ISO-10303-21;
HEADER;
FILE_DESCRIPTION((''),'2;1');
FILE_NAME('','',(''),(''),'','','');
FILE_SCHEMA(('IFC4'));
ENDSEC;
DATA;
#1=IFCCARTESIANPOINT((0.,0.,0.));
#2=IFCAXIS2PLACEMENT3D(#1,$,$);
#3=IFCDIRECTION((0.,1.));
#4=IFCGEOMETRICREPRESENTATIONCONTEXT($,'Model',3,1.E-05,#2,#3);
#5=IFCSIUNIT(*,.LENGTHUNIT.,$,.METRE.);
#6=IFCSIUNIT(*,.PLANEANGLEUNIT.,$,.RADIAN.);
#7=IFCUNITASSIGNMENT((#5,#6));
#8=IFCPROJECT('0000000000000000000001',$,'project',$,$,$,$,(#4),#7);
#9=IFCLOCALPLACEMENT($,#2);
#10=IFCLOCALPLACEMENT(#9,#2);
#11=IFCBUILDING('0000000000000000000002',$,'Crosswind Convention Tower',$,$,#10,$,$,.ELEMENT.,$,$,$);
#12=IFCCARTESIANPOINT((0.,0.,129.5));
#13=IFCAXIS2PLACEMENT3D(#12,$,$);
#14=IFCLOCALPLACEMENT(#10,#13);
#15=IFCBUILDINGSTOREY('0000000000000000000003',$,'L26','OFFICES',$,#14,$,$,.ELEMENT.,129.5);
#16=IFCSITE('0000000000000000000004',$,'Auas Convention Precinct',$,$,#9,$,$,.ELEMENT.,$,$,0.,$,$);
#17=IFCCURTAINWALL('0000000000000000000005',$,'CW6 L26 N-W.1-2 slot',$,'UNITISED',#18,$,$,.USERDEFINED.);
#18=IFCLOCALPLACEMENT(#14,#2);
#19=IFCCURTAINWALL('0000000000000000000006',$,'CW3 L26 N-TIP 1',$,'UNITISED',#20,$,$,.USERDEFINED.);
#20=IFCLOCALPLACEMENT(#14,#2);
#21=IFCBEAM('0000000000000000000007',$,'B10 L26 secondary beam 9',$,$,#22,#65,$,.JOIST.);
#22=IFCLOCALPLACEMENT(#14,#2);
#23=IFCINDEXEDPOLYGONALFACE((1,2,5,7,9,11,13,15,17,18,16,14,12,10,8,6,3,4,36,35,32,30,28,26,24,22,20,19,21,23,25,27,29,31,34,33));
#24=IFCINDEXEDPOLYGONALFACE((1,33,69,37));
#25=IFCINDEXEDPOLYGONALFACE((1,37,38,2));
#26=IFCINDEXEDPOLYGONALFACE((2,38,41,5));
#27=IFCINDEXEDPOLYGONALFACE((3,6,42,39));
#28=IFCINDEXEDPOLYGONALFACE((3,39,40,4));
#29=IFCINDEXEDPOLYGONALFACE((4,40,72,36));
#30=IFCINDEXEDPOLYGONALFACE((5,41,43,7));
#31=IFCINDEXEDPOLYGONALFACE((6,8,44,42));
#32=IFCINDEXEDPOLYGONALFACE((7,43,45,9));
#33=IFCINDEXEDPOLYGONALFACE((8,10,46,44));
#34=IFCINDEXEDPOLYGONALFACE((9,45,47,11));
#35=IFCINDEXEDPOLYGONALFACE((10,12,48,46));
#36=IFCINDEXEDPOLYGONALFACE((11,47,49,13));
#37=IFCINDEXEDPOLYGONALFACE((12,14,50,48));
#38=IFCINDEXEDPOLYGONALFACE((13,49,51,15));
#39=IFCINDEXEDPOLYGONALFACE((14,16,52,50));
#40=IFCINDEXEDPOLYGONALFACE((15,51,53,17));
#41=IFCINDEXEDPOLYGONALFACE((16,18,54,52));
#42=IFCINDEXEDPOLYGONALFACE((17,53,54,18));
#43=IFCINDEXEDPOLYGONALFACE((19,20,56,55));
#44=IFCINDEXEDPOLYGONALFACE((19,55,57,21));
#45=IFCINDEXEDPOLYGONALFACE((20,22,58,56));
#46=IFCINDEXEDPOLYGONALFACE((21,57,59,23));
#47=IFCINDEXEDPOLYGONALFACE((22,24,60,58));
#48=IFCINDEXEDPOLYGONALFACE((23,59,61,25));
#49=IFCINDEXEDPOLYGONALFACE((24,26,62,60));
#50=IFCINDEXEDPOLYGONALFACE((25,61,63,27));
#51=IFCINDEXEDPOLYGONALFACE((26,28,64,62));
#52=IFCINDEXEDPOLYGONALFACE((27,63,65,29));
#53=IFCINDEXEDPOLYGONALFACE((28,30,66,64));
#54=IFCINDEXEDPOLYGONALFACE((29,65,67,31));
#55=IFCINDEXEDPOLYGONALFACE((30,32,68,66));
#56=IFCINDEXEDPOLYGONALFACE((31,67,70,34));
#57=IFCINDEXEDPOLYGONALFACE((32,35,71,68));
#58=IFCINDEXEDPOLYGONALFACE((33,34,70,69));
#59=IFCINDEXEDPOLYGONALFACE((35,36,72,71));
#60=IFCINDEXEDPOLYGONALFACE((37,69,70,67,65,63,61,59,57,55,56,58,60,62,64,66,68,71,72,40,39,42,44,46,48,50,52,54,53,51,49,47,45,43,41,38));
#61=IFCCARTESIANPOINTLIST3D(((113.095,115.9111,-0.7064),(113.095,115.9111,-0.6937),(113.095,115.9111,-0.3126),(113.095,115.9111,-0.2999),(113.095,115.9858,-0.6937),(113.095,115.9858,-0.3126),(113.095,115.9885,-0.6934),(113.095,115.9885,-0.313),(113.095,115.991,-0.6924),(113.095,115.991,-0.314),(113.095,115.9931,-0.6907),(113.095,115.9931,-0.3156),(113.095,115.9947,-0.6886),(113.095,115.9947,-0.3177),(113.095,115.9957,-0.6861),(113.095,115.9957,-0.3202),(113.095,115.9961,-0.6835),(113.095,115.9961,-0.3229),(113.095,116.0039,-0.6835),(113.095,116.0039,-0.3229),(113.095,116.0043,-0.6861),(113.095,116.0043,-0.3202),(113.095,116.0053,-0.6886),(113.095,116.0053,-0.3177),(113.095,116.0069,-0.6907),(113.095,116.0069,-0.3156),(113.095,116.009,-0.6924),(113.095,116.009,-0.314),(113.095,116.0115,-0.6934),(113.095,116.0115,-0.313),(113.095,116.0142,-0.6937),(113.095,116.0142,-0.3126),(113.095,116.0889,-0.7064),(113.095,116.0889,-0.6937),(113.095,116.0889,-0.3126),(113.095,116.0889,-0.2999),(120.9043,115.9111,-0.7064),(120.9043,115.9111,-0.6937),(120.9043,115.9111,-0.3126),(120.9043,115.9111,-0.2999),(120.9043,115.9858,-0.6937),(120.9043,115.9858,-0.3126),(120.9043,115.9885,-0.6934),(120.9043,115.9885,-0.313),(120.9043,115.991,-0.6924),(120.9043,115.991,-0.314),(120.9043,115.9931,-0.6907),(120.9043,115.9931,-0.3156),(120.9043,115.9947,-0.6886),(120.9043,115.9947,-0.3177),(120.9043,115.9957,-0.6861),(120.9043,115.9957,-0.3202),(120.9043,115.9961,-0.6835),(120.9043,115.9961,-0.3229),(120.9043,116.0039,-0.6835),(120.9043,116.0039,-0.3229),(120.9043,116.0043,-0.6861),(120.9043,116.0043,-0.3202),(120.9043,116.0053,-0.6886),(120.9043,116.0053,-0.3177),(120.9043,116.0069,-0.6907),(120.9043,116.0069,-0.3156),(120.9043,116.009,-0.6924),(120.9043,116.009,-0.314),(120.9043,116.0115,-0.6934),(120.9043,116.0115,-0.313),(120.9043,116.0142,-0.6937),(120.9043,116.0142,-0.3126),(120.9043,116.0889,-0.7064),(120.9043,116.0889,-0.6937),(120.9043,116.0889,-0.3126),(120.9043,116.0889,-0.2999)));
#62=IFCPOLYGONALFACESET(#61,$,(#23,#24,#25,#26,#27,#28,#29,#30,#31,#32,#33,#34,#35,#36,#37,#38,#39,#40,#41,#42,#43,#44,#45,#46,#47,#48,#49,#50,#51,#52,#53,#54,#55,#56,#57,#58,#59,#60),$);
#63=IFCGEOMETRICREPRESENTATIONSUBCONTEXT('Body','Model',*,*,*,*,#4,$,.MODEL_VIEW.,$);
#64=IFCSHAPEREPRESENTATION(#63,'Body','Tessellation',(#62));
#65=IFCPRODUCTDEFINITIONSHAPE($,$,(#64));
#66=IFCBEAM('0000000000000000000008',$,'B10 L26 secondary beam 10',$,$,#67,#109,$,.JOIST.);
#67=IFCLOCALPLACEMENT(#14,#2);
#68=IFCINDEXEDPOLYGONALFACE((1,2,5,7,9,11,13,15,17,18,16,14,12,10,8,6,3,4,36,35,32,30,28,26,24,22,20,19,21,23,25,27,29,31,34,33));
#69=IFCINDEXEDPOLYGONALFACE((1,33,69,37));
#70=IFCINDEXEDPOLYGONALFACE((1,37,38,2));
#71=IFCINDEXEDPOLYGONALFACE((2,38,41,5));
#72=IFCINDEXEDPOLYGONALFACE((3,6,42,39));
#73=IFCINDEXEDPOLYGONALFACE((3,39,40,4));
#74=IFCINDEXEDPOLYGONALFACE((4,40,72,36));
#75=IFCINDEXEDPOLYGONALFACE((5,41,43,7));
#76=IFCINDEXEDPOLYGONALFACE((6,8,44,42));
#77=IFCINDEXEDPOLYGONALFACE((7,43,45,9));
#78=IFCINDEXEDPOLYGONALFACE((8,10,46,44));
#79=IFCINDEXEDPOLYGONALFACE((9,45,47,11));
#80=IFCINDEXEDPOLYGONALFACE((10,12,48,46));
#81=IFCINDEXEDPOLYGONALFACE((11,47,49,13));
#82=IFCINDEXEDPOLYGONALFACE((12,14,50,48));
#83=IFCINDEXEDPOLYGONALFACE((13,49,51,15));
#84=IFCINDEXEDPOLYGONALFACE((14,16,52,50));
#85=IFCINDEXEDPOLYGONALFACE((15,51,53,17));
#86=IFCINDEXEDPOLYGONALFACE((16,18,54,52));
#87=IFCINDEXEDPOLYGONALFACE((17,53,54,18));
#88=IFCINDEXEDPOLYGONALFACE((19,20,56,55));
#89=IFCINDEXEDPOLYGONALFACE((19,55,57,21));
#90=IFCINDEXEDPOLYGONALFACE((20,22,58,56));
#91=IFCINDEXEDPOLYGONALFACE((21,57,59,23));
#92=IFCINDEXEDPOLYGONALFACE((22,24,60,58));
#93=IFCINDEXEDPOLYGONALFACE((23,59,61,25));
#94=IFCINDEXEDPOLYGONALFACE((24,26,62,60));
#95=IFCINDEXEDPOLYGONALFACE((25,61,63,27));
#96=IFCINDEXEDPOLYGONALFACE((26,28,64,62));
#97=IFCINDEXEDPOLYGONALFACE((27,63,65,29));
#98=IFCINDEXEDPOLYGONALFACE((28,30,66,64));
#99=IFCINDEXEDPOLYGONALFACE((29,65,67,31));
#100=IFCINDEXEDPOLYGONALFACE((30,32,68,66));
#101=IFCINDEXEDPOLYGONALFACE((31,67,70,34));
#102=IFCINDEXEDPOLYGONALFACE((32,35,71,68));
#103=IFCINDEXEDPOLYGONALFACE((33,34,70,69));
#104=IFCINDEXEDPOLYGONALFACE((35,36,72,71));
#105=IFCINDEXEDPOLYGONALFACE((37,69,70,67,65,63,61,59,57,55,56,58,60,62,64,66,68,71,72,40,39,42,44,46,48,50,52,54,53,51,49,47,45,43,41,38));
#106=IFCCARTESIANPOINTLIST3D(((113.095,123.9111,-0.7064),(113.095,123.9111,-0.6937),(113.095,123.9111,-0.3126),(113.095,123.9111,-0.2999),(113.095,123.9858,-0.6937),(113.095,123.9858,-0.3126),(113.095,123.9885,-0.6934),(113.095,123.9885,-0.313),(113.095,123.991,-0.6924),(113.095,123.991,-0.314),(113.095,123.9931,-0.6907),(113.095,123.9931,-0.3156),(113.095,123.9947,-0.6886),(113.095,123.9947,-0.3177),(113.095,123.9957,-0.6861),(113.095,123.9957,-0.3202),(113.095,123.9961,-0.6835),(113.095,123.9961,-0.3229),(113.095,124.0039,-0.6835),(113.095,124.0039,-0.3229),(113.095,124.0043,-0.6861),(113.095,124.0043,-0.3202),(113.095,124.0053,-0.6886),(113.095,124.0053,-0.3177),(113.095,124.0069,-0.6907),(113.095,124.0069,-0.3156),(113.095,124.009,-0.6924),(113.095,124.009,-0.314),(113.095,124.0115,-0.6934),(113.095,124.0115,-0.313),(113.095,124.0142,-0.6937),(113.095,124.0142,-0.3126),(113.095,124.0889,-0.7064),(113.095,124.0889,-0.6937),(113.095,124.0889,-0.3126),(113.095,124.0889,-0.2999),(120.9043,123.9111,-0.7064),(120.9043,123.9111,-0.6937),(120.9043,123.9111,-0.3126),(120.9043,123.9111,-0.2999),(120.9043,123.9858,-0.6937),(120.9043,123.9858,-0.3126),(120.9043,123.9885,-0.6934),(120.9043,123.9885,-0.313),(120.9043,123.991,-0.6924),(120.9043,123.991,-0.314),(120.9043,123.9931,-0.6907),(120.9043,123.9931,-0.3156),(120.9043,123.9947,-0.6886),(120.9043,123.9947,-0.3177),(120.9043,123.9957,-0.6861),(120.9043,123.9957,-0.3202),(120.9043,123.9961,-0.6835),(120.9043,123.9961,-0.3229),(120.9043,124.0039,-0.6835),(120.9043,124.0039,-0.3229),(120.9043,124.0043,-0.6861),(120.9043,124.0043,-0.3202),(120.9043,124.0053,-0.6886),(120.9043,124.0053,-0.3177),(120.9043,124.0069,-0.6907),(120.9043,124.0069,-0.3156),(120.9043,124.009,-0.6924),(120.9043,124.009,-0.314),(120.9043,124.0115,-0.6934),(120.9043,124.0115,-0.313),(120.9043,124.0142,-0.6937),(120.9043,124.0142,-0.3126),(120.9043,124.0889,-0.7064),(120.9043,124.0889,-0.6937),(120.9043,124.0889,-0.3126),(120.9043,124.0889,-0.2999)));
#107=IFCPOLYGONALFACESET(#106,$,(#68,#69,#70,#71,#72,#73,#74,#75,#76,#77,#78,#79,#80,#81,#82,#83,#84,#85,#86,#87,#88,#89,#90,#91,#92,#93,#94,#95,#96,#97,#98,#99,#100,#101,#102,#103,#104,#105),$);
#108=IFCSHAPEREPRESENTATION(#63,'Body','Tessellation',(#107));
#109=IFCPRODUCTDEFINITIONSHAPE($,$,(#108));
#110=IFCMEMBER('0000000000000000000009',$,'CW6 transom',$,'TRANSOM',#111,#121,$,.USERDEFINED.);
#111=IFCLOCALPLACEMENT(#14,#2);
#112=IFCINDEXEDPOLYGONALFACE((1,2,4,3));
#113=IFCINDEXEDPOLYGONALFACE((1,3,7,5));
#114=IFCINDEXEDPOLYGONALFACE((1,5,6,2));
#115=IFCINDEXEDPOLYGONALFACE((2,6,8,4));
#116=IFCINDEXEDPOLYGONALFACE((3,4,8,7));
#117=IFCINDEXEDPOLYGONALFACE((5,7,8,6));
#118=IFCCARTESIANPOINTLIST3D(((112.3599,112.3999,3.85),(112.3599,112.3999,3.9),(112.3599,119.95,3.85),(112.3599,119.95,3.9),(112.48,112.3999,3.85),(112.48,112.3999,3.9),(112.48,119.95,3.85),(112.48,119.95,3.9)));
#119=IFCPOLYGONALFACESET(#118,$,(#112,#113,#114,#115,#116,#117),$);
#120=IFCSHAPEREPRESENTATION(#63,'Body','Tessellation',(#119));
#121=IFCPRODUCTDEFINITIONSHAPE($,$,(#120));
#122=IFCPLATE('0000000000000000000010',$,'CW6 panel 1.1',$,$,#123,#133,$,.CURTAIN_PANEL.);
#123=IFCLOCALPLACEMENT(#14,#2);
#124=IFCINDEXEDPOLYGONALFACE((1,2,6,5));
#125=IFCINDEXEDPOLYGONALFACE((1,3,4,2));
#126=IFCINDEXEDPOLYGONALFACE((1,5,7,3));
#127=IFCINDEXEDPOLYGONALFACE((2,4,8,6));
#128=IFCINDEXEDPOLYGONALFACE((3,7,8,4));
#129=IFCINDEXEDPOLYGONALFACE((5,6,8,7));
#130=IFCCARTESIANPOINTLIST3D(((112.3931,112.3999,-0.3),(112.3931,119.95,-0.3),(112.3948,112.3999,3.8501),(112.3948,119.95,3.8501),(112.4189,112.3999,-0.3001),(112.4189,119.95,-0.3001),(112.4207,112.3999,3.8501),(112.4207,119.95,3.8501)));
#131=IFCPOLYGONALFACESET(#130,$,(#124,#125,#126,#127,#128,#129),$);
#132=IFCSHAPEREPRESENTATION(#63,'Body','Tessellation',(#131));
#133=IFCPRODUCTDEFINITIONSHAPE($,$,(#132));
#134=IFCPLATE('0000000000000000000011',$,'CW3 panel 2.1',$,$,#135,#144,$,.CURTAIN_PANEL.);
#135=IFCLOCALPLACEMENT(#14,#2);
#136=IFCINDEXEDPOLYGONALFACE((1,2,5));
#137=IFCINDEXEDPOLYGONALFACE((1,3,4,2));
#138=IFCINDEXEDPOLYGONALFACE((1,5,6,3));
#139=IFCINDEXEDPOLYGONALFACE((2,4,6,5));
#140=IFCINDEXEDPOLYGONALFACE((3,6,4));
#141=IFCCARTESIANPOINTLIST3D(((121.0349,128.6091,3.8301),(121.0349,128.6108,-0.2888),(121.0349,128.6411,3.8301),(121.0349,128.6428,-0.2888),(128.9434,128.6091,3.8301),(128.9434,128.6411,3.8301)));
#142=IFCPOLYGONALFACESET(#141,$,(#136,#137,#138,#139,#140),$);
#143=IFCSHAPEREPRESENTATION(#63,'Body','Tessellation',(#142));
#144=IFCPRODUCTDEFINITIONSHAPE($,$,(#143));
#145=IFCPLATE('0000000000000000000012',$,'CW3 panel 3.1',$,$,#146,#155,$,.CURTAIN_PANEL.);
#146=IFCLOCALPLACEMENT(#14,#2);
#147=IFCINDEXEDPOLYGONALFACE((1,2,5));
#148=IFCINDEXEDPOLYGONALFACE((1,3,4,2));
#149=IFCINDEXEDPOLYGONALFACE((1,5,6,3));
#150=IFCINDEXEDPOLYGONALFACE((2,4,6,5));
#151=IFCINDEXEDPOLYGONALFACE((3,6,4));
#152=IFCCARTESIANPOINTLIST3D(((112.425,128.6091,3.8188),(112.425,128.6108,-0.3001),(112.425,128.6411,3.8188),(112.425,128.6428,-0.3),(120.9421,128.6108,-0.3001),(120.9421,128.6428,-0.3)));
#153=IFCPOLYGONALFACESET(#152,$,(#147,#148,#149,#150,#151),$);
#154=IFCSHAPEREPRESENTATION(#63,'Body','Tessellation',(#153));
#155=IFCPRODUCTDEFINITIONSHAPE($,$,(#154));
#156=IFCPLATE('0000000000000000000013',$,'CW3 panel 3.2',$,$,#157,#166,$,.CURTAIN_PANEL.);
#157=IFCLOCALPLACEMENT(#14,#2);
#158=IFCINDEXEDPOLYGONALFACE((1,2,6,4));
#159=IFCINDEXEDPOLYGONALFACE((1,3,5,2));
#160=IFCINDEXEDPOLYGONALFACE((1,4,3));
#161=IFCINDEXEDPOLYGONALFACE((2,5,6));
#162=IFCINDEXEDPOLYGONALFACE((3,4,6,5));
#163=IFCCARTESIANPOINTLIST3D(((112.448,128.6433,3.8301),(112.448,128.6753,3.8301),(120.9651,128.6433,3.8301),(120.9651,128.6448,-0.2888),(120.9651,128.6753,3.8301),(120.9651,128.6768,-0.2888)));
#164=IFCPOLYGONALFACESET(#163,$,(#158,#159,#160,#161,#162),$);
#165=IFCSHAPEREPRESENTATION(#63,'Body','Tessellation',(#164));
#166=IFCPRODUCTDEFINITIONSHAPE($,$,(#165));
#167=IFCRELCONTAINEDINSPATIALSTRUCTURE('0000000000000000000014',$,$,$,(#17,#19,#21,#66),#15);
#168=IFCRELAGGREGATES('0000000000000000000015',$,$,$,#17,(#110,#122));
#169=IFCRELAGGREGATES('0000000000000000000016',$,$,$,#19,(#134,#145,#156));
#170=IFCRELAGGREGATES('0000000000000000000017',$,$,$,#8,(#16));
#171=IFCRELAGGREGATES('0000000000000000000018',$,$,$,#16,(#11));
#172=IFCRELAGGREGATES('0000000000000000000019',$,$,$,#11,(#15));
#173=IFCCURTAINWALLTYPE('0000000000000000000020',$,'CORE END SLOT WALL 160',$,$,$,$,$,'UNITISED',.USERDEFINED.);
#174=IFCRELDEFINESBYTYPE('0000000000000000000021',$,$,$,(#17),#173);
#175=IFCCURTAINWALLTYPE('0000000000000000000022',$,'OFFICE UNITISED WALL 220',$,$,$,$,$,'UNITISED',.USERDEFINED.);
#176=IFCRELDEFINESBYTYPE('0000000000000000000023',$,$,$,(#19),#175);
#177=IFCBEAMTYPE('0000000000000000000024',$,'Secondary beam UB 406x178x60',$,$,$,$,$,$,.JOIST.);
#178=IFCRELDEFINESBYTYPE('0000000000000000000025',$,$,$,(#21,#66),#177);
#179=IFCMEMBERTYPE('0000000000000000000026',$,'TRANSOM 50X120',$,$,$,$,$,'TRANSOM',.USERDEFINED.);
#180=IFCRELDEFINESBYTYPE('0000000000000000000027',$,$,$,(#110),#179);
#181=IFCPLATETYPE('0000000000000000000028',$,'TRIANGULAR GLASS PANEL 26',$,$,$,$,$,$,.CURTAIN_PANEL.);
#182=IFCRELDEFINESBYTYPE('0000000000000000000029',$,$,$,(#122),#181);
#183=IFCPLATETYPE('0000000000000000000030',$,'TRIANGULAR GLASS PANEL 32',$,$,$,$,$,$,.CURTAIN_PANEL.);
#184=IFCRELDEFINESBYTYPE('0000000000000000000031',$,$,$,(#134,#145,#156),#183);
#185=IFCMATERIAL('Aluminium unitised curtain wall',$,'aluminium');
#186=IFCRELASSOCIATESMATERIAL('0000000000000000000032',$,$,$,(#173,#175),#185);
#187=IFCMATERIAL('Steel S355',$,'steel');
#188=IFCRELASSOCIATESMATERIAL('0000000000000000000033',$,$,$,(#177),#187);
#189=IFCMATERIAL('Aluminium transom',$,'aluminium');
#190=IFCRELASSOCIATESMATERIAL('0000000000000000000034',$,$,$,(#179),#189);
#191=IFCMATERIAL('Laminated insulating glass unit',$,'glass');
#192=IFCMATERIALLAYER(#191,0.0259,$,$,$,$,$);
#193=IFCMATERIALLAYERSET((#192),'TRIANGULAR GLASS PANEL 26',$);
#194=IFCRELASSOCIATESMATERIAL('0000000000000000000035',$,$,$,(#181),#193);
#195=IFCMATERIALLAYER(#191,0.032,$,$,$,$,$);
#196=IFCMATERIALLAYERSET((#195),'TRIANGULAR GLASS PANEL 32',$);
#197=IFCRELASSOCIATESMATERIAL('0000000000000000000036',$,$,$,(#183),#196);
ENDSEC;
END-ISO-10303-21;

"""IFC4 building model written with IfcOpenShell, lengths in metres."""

from ifc_helpers import new_model, si_unit, direction, frame, origin, origin_2d, place, context, subcontext, project, spatial, polyline, rectangle, i_section, outline, extrude, material, layer, layer_set, material_profile, profile_set, type_object, element, aggregate, save


model = new_model("IFC4")

# Units and contexts
model_context = context("Model", 3, precision=1e-05, world=origin(), true_north=direction((0.0, 1.0)))
body_context = subcontext(model_context, "Body", "Model", "MODEL_VIEW")
ifc_project = project(units=[si_unit("LENGTHUNIT", "METRE"), si_unit("PLANEANGLEUNIT", "RADIAN")], contexts=[model_context])

# Site, building, storey
site_placement = place(None, origin())
site = spatial("IfcSite", under=ifc_project, at=site_placement, Name="Auas Convention Precinct", CompositionType="ELEMENT", RefElevation=0.0)
building_placement = place(site_placement, origin())
building = spatial("IfcBuilding", under=site, at=building_placement, Name="Crosswind Convention Tower", CompositionType="ELEMENT")
storey_placement = place(building_placement, frame((0.0, 0.0, 129.5)))
storey = spatial("IfcBuildingStorey", under=building, at=storey_placement, Name="L26", Description="OFFICES", CompositionType="ELEMENT", Elevation=129.5)

# Shared definitions
ifc_material_1 = material(Name="Steel S355", Category="steel")

# Curtain wall
ifc_material_2 = material(Name="Aluminium unitised curtain wall", Category="aluminium")
curtain_wall_type_1 = type_object("IfcCurtainWallType", Name="CORE END SLOT WALL 160", ElementType="UNITISED", PredefinedType="USERDEFINED", material=ifc_material_2)
curtain_wall_1_placement = place(storey_placement, origin())
curtain_wall_1 = element("IfcCurtainWall", 1, at=curtain_wall_1_placement, inside=storey, type_object=curtain_wall_type_1, Name="CW6 L26 N-W.1-2 slot", ObjectType="UNITISED", PredefinedType="USERDEFINED")

# Curtain wall
curtain_wall_type_2 = type_object("IfcCurtainWallType", Name="OFFICE UNITISED WALL 220", ElementType="UNITISED", PredefinedType="USERDEFINED", material=ifc_material_2)
curtain_wall_2_placement = place(storey_placement, origin())
curtain_wall_2 = element("IfcCurtainWall", 2, at=curtain_wall_2_placement, inside=storey, type_object=curtain_wall_type_2, Name="CW3 L26 N-TIP 1", ObjectType="UNITISED", PredefinedType="USERDEFINED")

# Beams
ifc_material_profile_1 = material_profile(ifc_material_1, i_section(OverallWidth=0.1777, OverallDepth=0.4065, WebThickness=0.0078, FlangeThickness=0.0127, FilletRadius=0.0103, at=origin_2d()), Name="UB 406x178x60")
ifc_profile_set_1 = profile_set([ifc_material_profile_1], Name="Steel S355")
beam_type_1 = type_object("IfcBeamType", Name="Secondary beam UB 406x178x60", PredefinedType="JOIST", material=ifc_profile_set_1)
for number, where, z_axis, x_axis, name in (
    (3, (113.095, 116.0, -0.5032), (1.0, 0.0, 0.0), (0.0, 1.0, 0.0), "B10 L26 secondary beam 9"),
    (4, (113.095, 124.0, -0.5032), (1.0, 0.0, 0.0), (0.0, 1.0, 0.0), "B10 L26 secondary beam 10"),
):
    element("IfcBeam", number, at=place(storey_placement, frame(where, z_axis=z_axis, x_axis=x_axis)), inside=storey, type_object=beam_type_1, Name=name, PredefinedType="JOIST", context=body_context, shape_type="SweptSolid", body=[
        extrude(i_section(OverallWidth=0.1777, OverallDepth=0.4065, WebThickness=0.0078, FlangeThickness=0.0127, FilletRadius=0.0103, at=origin_2d()), origin(), (0.0, 0.0, 1.0), 7.8093),
    ])

# Member
ifc_material_3 = material(Name="Aluminium transom", Category="aluminium")
ifc_material_profile_2 = material_profile(ifc_material_3, rectangle(XDim=0.1201, YDim=0.05, at=origin_2d()), Name="AL 120X50")
ifc_profile_set_2 = profile_set([ifc_material_profile_2], Name="Aluminium transom")
member_type_1 = type_object("IfcMemberType", Name="TRANSOM 50X120", ElementType="TRANSOM", PredefinedType="USERDEFINED", material=ifc_profile_set_2)
member_1_placement = place(storey_placement, frame((112.4199, 119.95, 3.875), z_axis=(0.0, -1.0, 0.0), x_axis=(1.0, 0.0, 0.0)))
member_1 = element("IfcMember", 5, at=member_1_placement, type_object=member_type_1, Name="CW6 transom", ObjectType="TRANSOM", PredefinedType="USERDEFINED", context=body_context, shape_type="SweptSolid", body=[
    extrude(rectangle(XDim=0.1201, YDim=0.05, at=origin_2d()), origin(), (0.0, 0.0, 1.0), 7.55),
])

# Plates
ifc_material_4 = material(Name="Laminated insulating glass unit", Category="glass")
ifc_layer_1 = layer(ifc_material_4, 0.0259)
ifc_layer_set_1 = layer_set([ifc_layer_1], Name="TRIANGULAR GLASS PANEL 26")
plate_type_1 = type_object("IfcPlateType", Name="TRIANGULAR GLASS PANEL 26", PredefinedType="CURTAIN_PANEL", material=ifc_layer_set_1)
plate_1_placement = place(storey_placement, frame((112.3931, 119.95, -0.3), z_axis=(-1.0, 0.0, 0.000412), x_axis=(0.0, -1.0, 0.0)))
plate_1 = element("IfcPlate", 6, at=plate_1_placement, type_object=plate_type_1, Name="CW6 panel 1.1", PredefinedType="CURTAIN_PANEL", context=body_context, shape_type="SweptSolid", body=[
    extrude(outline(polyline([(0.0, 0.0), (7.55, 0.0), (7.55, 4.1501), (0.0, 4.1501), (0.0, 0.0)])), origin(), (0.0, 0.0, -1.0), 0.0259),
])
aggregate(curtain_wall_1, [member_1, plate_1])
ifc_layer_2 = layer(ifc_material_4, 0.032)
ifc_layer_set_2 = layer_set([ifc_layer_2], Name="TRIANGULAR GLASS PANEL 32")
plate_type_2 = type_object("IfcPlateType", Name="TRIANGULAR GLASS PANEL 32", PredefinedType="CURTAIN_PANEL", material=ifc_layer_set_2)
plate_2_placement = place(storey_placement, frame((121.0349, 128.6411, 3.8301), z_axis=(0.0, 1.0, 0.000415), x_axis=(1.0, 0.0, 0.0)))
plate_2 = element("IfcPlate", 7, at=plate_2_placement, type_object=plate_type_2, Name="CW3 panel 2.1", PredefinedType="CURTAIN_PANEL", context=body_context, shape_type="SweptSolid", body=[
    extrude(outline(polyline([(0.0, 0.0), (7.9084, 0.0), (0.0, 4.1189), (0.0, 0.0)])), origin(), (0.0, 0.0, -1.0), 0.032),
])
plate_3_placement = place(storey_placement, frame((112.425, 128.6428, -0.3), z_axis=(0.0, 1.0, 0.000415), x_axis=(0.0, -0.000415, 1.0)))
plate_3 = element("IfcPlate", 8, at=plate_3_placement, type_object=plate_type_2, Name="CW3 panel 3.1", PredefinedType="CURTAIN_PANEL", context=body_context, shape_type="SweptSolid", body=[
    extrude(outline(polyline([(0.0, 0.0), (4.1189, 0.0), (0.0, 8.5171), (0.0, 0.0)])), origin(), (0.0, 0.0, -1.0), 0.032),
])
plate_4_placement = place(storey_placement, frame((120.9651, 128.6753, 3.8301), z_axis=(0.0, 1.0, 0.000356), x_axis=(0.0, 0.000356, -1.0)))
plate_4 = element("IfcPlate", 9, at=plate_4_placement, type_object=plate_type_2, Name="CW3 panel 3.2", PredefinedType="CURTAIN_PANEL", context=body_context, shape_type="SweptSolid", body=[
    extrude(outline(polyline([(0.0, 0.0), (4.1189, 0.0), (0.0, 8.5171), (0.0, 0.0)])), origin(), (0.0, 0.0, -1.0), 0.032),
])
aggregate(curtain_wall_2, [plate_2, plate_3, plate_4])

save(model, "model.ifc")
